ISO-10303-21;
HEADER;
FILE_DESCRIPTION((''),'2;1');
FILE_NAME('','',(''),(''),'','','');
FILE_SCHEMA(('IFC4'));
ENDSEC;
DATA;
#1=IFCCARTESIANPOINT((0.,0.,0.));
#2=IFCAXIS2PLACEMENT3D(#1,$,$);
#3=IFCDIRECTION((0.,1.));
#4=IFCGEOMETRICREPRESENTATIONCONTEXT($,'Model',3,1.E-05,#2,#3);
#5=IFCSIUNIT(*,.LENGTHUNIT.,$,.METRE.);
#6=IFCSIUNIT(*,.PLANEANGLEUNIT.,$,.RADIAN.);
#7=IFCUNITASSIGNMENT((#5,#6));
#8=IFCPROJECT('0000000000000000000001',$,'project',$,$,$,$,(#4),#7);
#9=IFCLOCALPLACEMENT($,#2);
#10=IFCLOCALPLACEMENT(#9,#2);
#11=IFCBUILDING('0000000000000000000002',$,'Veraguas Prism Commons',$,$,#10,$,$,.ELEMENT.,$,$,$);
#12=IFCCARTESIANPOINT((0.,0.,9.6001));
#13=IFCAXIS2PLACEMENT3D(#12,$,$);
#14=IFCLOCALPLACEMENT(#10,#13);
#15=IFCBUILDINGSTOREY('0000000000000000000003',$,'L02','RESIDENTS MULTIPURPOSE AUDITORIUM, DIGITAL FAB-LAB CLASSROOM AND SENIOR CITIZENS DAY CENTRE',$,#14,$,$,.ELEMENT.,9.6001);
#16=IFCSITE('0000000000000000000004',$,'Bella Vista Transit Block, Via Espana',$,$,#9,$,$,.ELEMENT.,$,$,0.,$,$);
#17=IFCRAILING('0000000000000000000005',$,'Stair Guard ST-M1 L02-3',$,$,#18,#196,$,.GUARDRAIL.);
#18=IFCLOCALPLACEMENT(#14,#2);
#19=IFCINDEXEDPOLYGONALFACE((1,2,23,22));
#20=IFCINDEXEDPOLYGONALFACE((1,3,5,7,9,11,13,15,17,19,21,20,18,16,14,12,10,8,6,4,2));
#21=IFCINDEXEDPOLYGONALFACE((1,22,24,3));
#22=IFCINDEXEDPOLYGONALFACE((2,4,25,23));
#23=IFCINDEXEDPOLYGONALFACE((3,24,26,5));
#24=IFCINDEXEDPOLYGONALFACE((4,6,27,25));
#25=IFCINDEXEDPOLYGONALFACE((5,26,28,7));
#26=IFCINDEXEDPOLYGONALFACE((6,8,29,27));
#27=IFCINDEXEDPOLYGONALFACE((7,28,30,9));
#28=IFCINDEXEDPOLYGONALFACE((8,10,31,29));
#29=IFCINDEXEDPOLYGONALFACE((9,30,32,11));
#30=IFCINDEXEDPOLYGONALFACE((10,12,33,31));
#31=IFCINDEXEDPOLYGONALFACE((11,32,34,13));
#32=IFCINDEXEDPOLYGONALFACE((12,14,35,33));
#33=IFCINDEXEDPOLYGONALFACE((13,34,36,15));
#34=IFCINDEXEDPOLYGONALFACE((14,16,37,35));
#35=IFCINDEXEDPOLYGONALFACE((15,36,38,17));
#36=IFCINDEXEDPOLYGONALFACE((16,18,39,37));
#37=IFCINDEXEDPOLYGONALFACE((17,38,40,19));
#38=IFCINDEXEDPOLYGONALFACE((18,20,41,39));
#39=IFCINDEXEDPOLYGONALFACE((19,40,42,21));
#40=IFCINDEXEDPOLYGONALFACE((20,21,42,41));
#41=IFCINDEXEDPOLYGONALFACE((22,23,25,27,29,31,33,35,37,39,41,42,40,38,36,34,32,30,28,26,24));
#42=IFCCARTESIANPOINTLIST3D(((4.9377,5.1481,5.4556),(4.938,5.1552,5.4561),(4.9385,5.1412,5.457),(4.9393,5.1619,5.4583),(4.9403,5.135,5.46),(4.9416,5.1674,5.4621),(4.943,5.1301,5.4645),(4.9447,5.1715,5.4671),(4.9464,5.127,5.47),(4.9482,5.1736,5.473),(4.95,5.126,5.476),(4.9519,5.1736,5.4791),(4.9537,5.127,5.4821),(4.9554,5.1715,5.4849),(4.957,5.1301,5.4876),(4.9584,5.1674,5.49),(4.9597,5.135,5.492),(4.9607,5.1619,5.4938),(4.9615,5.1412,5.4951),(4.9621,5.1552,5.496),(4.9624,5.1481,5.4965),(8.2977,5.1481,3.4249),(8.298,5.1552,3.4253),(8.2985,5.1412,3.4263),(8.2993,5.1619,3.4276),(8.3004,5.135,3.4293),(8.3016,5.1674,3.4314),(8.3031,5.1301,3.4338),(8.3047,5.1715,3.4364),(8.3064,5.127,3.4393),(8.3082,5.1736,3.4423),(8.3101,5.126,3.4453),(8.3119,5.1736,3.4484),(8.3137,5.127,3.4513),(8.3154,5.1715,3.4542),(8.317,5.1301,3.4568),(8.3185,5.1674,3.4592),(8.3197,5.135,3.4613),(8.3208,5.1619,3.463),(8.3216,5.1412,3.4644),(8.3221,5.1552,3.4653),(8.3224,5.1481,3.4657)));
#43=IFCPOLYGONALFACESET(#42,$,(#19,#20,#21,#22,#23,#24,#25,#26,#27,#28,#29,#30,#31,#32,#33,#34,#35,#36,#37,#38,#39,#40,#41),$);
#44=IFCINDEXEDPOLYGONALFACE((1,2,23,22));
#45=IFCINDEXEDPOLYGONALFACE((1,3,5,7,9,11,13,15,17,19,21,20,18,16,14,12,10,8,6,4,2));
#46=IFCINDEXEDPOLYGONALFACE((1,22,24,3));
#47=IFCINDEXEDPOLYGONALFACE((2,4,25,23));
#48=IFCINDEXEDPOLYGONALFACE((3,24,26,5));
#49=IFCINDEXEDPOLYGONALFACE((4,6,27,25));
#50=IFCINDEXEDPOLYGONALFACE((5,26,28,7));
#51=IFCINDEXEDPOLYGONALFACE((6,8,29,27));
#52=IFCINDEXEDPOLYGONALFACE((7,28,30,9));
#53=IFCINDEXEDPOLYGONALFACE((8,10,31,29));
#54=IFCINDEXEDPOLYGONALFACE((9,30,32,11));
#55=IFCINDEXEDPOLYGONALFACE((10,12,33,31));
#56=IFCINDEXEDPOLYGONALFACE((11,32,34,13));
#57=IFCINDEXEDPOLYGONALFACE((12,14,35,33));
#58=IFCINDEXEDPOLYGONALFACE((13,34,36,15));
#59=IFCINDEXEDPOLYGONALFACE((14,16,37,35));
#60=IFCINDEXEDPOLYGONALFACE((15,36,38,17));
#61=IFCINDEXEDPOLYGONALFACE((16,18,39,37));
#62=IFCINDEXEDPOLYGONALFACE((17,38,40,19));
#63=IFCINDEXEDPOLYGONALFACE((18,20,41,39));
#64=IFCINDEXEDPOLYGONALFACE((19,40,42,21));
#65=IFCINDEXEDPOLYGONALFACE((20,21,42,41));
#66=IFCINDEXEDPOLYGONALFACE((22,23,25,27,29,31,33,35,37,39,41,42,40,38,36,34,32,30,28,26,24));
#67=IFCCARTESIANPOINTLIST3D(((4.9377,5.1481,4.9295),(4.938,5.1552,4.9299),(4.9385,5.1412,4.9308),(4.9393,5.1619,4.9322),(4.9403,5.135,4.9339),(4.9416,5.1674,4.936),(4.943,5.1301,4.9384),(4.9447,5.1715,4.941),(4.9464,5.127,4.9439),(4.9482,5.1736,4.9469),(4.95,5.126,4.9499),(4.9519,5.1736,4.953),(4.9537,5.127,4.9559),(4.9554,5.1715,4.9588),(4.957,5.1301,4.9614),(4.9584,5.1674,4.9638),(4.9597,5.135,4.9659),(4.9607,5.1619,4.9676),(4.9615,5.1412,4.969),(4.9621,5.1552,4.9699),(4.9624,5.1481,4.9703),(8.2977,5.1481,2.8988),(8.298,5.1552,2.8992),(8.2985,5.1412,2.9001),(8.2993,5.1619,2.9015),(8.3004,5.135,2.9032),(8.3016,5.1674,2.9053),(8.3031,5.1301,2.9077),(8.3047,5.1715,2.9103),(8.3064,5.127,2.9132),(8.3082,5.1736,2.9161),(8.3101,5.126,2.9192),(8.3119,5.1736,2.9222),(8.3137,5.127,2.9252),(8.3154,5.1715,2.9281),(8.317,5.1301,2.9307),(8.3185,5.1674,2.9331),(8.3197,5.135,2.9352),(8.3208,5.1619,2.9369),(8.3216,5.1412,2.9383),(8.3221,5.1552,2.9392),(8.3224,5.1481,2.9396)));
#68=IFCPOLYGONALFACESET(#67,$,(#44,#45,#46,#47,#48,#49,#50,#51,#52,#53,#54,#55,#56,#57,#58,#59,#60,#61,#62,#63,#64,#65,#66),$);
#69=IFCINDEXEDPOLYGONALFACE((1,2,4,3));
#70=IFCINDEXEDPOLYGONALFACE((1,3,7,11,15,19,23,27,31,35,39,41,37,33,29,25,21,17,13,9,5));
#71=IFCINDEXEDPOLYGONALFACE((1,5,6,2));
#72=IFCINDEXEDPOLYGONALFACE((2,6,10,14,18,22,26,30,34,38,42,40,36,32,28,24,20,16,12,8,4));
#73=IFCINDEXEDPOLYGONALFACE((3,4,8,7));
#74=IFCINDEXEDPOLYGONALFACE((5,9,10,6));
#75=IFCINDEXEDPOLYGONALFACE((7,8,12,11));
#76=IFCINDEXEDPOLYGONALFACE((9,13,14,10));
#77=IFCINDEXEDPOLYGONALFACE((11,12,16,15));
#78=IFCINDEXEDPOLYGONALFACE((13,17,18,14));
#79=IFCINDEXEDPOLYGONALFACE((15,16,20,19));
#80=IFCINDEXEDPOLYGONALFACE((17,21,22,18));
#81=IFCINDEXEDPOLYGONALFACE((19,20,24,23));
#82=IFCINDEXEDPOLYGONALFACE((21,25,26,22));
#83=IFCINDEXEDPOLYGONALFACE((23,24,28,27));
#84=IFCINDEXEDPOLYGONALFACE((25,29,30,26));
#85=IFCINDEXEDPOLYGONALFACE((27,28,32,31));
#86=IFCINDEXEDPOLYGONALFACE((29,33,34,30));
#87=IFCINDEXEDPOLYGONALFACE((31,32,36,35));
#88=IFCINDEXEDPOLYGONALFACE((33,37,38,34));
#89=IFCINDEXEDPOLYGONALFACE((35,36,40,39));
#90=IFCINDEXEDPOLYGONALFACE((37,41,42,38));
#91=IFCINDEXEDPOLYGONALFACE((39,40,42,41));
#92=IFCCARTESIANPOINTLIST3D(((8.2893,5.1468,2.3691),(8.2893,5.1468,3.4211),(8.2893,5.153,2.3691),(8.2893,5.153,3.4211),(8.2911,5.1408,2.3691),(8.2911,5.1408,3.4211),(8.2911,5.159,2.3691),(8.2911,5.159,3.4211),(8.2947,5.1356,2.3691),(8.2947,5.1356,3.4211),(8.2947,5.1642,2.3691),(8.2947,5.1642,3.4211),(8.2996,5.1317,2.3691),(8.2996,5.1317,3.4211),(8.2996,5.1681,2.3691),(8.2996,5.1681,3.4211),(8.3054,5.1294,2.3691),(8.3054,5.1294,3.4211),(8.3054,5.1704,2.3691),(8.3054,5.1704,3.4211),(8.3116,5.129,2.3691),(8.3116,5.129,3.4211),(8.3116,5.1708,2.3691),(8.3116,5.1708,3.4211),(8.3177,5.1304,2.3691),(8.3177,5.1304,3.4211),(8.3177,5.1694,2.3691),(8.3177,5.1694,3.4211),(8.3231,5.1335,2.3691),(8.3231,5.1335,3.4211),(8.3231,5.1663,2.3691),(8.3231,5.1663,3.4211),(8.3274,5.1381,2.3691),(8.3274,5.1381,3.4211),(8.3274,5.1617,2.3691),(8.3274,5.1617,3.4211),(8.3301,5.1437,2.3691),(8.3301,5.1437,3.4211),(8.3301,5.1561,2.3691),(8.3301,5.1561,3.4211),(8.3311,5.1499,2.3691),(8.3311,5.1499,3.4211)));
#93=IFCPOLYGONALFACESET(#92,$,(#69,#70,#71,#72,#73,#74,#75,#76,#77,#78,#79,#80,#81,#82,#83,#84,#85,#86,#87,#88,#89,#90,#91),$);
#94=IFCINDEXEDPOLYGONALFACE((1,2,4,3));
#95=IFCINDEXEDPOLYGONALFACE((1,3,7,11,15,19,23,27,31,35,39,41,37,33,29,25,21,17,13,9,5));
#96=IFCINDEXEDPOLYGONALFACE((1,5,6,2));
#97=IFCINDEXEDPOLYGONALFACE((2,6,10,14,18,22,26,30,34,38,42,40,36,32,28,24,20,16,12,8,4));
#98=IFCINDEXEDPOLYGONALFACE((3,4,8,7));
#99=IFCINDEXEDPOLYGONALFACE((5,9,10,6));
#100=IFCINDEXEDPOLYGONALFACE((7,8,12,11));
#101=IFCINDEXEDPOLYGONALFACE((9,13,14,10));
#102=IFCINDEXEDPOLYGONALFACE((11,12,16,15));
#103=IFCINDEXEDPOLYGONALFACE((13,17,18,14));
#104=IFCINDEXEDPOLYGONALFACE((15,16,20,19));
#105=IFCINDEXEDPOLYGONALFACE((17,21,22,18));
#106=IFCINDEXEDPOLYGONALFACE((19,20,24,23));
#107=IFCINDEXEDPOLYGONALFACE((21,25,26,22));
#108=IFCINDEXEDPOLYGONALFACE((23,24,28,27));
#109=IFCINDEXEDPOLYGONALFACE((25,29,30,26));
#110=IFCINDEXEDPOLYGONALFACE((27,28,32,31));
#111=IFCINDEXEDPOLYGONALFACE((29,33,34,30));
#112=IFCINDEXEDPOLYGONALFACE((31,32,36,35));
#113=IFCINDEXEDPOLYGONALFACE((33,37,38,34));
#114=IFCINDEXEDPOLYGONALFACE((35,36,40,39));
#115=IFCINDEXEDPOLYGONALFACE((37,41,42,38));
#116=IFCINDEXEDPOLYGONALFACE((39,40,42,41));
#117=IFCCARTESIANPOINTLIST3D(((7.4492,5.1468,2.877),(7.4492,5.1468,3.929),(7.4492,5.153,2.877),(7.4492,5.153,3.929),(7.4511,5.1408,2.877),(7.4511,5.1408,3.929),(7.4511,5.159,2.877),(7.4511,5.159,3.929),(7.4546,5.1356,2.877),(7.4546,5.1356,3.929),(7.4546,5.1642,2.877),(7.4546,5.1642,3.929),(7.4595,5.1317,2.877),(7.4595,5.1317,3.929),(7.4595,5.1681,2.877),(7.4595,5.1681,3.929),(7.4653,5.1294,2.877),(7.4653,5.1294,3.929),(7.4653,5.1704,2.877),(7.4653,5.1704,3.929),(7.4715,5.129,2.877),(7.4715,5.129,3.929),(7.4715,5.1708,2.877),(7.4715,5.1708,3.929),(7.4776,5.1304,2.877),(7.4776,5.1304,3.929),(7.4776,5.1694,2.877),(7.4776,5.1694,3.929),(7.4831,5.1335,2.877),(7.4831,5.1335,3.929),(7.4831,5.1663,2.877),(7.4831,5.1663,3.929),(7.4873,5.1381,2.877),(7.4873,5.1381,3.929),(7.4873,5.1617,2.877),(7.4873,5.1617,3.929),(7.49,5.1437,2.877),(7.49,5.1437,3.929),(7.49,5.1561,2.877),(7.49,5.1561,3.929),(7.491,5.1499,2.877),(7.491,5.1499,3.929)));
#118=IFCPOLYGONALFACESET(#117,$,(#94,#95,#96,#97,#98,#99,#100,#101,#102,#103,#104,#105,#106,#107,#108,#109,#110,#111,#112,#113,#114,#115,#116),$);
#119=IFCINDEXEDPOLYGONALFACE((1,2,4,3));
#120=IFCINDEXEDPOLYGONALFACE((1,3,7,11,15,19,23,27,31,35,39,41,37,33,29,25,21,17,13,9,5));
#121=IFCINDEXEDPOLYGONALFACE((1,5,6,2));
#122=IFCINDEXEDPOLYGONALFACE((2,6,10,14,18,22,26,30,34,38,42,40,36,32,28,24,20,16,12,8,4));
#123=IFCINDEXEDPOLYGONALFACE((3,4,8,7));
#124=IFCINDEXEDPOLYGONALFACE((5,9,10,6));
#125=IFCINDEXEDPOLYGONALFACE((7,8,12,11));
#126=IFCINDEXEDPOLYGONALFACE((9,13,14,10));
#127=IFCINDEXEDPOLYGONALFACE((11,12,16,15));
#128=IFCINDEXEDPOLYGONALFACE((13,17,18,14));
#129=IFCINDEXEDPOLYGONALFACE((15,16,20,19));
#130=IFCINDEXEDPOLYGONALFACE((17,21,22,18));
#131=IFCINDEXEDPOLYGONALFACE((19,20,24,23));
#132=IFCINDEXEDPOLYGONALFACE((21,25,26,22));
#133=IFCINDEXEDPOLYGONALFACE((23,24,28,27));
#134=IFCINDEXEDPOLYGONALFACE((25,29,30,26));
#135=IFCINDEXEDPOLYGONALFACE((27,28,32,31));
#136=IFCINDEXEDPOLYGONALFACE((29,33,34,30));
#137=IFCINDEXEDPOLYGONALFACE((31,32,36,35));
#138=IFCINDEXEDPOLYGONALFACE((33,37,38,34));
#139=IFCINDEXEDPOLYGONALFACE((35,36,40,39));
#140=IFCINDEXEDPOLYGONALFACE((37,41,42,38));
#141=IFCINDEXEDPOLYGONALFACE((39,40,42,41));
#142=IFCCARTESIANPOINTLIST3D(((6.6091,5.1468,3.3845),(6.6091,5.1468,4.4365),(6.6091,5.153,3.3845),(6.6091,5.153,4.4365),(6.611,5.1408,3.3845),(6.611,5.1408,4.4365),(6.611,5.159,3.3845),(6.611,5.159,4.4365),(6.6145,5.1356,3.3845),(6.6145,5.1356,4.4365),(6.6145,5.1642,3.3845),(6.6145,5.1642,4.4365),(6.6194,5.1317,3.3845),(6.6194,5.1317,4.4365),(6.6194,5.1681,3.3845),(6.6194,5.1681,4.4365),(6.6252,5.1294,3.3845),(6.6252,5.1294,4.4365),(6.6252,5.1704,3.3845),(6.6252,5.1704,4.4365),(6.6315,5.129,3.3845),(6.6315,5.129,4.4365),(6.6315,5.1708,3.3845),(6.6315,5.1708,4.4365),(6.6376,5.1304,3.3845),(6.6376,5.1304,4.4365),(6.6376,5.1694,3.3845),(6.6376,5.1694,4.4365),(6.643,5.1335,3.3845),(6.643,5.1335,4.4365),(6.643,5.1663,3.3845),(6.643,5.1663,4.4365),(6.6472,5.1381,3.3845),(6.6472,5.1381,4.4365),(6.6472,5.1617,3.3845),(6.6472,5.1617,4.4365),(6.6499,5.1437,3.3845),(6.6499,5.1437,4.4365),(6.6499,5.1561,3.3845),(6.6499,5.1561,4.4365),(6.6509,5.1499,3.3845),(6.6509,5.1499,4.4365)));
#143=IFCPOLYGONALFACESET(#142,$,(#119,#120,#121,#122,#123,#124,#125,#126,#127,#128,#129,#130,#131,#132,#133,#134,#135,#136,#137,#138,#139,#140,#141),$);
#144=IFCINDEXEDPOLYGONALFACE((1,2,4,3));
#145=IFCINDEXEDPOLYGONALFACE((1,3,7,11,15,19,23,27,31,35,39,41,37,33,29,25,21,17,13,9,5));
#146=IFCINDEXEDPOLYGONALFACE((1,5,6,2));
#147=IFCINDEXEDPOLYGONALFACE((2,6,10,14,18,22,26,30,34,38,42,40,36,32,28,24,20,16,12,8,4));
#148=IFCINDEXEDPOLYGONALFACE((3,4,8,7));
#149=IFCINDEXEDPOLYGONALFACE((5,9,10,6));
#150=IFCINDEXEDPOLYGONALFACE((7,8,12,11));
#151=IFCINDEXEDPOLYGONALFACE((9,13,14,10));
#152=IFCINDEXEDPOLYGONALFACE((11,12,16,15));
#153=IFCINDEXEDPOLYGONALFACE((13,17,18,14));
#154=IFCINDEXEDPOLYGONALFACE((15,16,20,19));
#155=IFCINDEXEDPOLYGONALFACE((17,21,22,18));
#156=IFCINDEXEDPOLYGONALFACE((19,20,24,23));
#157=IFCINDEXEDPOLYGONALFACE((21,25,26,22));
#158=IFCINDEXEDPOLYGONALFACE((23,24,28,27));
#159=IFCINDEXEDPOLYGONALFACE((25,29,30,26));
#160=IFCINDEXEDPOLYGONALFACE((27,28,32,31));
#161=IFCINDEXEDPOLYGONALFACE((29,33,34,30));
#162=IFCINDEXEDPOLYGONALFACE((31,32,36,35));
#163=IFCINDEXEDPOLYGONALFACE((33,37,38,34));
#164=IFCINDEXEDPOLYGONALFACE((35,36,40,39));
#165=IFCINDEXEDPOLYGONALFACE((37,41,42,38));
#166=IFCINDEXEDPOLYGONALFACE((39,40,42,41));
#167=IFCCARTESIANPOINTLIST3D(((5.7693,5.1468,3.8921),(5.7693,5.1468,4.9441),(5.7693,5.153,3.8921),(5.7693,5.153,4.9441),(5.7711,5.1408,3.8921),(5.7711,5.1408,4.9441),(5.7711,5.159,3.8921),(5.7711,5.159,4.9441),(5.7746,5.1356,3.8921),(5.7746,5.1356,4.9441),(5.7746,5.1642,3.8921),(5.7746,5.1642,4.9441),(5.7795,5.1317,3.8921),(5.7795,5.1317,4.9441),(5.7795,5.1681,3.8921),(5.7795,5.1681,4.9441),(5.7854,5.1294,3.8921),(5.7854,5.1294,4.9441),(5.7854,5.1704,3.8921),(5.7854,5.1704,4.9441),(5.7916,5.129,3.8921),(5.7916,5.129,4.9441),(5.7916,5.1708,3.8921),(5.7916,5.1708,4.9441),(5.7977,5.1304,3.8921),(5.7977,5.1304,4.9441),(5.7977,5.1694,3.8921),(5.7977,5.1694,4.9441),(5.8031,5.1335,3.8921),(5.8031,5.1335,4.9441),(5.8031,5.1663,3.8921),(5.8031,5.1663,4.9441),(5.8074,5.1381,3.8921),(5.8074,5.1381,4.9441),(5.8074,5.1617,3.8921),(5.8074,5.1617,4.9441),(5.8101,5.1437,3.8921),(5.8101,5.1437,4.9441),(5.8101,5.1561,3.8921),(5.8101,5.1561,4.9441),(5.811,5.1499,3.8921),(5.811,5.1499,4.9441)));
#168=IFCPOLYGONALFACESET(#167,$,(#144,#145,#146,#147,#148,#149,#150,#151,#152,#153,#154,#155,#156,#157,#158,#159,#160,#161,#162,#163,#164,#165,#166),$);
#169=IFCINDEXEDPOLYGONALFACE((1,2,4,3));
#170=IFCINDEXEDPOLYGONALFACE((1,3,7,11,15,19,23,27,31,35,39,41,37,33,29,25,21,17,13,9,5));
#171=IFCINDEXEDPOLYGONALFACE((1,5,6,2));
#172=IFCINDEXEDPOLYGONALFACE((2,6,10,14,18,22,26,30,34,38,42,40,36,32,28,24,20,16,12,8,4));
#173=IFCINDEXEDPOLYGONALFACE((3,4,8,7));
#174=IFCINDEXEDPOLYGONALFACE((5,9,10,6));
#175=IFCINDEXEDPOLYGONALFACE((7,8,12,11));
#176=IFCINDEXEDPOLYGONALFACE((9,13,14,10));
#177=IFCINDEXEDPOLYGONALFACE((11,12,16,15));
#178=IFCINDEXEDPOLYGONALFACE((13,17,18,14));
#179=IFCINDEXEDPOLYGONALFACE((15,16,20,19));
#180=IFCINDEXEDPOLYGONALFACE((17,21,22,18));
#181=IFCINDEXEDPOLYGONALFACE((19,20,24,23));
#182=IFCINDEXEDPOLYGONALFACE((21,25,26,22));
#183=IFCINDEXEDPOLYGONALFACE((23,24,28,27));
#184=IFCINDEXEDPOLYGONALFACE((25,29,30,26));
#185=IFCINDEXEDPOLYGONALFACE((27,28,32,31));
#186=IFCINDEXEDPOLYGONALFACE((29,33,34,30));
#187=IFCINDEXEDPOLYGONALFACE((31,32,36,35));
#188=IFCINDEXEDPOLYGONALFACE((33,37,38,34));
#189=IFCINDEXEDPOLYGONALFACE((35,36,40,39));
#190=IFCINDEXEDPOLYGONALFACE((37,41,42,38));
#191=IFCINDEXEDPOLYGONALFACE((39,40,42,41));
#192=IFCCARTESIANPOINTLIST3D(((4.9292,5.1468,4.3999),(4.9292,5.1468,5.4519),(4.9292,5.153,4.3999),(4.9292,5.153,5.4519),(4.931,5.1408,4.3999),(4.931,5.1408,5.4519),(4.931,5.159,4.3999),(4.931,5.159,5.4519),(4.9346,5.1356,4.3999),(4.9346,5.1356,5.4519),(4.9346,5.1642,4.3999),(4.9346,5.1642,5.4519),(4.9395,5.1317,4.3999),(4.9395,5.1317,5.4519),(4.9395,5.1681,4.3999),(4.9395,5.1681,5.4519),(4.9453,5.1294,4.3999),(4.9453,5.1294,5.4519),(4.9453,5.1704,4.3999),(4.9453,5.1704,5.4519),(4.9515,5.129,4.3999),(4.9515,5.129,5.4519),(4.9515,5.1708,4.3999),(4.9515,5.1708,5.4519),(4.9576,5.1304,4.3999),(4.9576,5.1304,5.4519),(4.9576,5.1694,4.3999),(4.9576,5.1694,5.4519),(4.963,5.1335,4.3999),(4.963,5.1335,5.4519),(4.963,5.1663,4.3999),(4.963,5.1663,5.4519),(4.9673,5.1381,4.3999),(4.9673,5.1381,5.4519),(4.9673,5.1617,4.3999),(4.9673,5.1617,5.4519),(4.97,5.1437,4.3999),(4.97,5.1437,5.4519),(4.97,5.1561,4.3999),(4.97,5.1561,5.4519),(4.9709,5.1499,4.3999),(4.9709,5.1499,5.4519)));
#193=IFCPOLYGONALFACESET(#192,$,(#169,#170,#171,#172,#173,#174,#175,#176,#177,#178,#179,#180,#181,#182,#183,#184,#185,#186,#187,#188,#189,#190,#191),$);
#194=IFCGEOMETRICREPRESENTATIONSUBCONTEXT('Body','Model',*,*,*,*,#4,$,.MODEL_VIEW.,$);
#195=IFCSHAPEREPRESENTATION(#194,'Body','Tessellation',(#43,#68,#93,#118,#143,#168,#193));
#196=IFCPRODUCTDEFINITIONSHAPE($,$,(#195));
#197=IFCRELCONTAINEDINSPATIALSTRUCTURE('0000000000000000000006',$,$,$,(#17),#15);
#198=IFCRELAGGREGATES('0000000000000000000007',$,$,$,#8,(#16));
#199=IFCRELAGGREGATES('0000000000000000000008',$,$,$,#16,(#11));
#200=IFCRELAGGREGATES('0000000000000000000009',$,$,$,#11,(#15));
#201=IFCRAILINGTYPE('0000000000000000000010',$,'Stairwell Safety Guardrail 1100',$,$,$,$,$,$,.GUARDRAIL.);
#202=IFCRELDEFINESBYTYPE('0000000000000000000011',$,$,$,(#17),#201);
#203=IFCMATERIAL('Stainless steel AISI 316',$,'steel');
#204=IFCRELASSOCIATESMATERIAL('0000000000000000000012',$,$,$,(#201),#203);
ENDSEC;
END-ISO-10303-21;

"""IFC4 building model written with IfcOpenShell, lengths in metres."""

from ifc_helpers import new_model, si_unit, direction, frame, origin, origin_2d, place, context, subcontext, project, spatial, circle, extrude, material, type_object, element, save


model = new_model("IFC4")

# Units and contexts
model_context = context("Model", 3, precision=1e-05, world=origin(), true_north=direction((0.0, 1.0)))
body_context = subcontext(model_context, "Body", "Model", "MODEL_VIEW")
ifc_project = project(units=[si_unit("LENGTHUNIT", "METRE"), si_unit("PLANEANGLEUNIT", "RADIAN")], contexts=[model_context])

# Site, building, storey
site_placement = place(None, origin())
site = spatial("IfcSite", under=ifc_project, at=site_placement, Name="Bella Vista Transit Block, Via Espana", CompositionType="ELEMENT", RefElevation=0.0)
building_placement = place(site_placement, origin())
building = spatial("IfcBuilding", under=site, at=building_placement, Name="Veraguas Prism Commons", CompositionType="ELEMENT")
storey_placement = place(building_placement, frame((0.0, 0.0, 9.6001)))
storey = spatial("IfcBuildingStorey", under=building, at=storey_placement, Name="L02", Description="RESIDENTS MULTIPURPOSE AUDITORIUM, DIGITAL FAB-LAB CLASSROOM AND SENIOR CITIZENS DAY CENTRE", CompositionType="ELEMENT", Elevation=9.6001)

# Railing
ifc_material_1 = material(Name="Stainless steel AISI 316", Category="steel")
railing_type_1 = type_object("IfcRailingType", Name="Stairwell Safety Guardrail 1100", PredefinedType="GUARDRAIL", material=ifc_material_1)
railing_1_placement = place(storey_placement, frame((8.3101, 5.1499, 2.3691)))
element("IfcRailing", 1, at=railing_1_placement, inside=storey, type_object=railing_type_1, Name="Stair Guard ST-M1 L02-3", PredefinedType="GUARDRAIL", context=body_context, shape_type="SweptSolid", body=[
    extrude(circle(Radius=0.0239, at=origin_2d()), frame((0.0, 0.0, 1.0762), z_axis=(-0.855837, 0.0, 0.517246), x_axis=(0.0, -1.0, 0.0)), (0.0, 0.0, 1.0), 3.926),
    extrude(circle(Radius=0.0239, at=origin_2d()), frame((0.0, 0.0, 0.55), z_axis=(-0.855837, 0.0, 0.517246), x_axis=(0.0, -1.0, 0.0)), (0.0, 0.0, 1.0), 3.926),
    extrude(circle(Radius=0.021, at=origin_2d()), origin(), (0.0, 0.0, 1.0), 1.052),
    extrude(circle(Radius=0.021, at=origin_2d()), frame((-0.8401, 0.0, 0.5078)), (0.0, 0.0, 1.0), 1.052),
    extrude(circle(Radius=0.021, at=origin_2d()), frame((-1.6802, 0.0, 1.0154)), (0.0, 0.0, 1.0), 1.052),
    extrude(circle(Radius=0.021, at=origin_2d()), frame((-2.52, 0.0, 1.5229)), (0.0, 0.0, 1.0), 1.052),
    extrude(circle(Radius=0.021, at=origin_2d()), frame((-3.3601, 0.0, 2.0308)), (0.0, 0.0, 1.0), 1.052),
])

save(model, "model.ifc")
